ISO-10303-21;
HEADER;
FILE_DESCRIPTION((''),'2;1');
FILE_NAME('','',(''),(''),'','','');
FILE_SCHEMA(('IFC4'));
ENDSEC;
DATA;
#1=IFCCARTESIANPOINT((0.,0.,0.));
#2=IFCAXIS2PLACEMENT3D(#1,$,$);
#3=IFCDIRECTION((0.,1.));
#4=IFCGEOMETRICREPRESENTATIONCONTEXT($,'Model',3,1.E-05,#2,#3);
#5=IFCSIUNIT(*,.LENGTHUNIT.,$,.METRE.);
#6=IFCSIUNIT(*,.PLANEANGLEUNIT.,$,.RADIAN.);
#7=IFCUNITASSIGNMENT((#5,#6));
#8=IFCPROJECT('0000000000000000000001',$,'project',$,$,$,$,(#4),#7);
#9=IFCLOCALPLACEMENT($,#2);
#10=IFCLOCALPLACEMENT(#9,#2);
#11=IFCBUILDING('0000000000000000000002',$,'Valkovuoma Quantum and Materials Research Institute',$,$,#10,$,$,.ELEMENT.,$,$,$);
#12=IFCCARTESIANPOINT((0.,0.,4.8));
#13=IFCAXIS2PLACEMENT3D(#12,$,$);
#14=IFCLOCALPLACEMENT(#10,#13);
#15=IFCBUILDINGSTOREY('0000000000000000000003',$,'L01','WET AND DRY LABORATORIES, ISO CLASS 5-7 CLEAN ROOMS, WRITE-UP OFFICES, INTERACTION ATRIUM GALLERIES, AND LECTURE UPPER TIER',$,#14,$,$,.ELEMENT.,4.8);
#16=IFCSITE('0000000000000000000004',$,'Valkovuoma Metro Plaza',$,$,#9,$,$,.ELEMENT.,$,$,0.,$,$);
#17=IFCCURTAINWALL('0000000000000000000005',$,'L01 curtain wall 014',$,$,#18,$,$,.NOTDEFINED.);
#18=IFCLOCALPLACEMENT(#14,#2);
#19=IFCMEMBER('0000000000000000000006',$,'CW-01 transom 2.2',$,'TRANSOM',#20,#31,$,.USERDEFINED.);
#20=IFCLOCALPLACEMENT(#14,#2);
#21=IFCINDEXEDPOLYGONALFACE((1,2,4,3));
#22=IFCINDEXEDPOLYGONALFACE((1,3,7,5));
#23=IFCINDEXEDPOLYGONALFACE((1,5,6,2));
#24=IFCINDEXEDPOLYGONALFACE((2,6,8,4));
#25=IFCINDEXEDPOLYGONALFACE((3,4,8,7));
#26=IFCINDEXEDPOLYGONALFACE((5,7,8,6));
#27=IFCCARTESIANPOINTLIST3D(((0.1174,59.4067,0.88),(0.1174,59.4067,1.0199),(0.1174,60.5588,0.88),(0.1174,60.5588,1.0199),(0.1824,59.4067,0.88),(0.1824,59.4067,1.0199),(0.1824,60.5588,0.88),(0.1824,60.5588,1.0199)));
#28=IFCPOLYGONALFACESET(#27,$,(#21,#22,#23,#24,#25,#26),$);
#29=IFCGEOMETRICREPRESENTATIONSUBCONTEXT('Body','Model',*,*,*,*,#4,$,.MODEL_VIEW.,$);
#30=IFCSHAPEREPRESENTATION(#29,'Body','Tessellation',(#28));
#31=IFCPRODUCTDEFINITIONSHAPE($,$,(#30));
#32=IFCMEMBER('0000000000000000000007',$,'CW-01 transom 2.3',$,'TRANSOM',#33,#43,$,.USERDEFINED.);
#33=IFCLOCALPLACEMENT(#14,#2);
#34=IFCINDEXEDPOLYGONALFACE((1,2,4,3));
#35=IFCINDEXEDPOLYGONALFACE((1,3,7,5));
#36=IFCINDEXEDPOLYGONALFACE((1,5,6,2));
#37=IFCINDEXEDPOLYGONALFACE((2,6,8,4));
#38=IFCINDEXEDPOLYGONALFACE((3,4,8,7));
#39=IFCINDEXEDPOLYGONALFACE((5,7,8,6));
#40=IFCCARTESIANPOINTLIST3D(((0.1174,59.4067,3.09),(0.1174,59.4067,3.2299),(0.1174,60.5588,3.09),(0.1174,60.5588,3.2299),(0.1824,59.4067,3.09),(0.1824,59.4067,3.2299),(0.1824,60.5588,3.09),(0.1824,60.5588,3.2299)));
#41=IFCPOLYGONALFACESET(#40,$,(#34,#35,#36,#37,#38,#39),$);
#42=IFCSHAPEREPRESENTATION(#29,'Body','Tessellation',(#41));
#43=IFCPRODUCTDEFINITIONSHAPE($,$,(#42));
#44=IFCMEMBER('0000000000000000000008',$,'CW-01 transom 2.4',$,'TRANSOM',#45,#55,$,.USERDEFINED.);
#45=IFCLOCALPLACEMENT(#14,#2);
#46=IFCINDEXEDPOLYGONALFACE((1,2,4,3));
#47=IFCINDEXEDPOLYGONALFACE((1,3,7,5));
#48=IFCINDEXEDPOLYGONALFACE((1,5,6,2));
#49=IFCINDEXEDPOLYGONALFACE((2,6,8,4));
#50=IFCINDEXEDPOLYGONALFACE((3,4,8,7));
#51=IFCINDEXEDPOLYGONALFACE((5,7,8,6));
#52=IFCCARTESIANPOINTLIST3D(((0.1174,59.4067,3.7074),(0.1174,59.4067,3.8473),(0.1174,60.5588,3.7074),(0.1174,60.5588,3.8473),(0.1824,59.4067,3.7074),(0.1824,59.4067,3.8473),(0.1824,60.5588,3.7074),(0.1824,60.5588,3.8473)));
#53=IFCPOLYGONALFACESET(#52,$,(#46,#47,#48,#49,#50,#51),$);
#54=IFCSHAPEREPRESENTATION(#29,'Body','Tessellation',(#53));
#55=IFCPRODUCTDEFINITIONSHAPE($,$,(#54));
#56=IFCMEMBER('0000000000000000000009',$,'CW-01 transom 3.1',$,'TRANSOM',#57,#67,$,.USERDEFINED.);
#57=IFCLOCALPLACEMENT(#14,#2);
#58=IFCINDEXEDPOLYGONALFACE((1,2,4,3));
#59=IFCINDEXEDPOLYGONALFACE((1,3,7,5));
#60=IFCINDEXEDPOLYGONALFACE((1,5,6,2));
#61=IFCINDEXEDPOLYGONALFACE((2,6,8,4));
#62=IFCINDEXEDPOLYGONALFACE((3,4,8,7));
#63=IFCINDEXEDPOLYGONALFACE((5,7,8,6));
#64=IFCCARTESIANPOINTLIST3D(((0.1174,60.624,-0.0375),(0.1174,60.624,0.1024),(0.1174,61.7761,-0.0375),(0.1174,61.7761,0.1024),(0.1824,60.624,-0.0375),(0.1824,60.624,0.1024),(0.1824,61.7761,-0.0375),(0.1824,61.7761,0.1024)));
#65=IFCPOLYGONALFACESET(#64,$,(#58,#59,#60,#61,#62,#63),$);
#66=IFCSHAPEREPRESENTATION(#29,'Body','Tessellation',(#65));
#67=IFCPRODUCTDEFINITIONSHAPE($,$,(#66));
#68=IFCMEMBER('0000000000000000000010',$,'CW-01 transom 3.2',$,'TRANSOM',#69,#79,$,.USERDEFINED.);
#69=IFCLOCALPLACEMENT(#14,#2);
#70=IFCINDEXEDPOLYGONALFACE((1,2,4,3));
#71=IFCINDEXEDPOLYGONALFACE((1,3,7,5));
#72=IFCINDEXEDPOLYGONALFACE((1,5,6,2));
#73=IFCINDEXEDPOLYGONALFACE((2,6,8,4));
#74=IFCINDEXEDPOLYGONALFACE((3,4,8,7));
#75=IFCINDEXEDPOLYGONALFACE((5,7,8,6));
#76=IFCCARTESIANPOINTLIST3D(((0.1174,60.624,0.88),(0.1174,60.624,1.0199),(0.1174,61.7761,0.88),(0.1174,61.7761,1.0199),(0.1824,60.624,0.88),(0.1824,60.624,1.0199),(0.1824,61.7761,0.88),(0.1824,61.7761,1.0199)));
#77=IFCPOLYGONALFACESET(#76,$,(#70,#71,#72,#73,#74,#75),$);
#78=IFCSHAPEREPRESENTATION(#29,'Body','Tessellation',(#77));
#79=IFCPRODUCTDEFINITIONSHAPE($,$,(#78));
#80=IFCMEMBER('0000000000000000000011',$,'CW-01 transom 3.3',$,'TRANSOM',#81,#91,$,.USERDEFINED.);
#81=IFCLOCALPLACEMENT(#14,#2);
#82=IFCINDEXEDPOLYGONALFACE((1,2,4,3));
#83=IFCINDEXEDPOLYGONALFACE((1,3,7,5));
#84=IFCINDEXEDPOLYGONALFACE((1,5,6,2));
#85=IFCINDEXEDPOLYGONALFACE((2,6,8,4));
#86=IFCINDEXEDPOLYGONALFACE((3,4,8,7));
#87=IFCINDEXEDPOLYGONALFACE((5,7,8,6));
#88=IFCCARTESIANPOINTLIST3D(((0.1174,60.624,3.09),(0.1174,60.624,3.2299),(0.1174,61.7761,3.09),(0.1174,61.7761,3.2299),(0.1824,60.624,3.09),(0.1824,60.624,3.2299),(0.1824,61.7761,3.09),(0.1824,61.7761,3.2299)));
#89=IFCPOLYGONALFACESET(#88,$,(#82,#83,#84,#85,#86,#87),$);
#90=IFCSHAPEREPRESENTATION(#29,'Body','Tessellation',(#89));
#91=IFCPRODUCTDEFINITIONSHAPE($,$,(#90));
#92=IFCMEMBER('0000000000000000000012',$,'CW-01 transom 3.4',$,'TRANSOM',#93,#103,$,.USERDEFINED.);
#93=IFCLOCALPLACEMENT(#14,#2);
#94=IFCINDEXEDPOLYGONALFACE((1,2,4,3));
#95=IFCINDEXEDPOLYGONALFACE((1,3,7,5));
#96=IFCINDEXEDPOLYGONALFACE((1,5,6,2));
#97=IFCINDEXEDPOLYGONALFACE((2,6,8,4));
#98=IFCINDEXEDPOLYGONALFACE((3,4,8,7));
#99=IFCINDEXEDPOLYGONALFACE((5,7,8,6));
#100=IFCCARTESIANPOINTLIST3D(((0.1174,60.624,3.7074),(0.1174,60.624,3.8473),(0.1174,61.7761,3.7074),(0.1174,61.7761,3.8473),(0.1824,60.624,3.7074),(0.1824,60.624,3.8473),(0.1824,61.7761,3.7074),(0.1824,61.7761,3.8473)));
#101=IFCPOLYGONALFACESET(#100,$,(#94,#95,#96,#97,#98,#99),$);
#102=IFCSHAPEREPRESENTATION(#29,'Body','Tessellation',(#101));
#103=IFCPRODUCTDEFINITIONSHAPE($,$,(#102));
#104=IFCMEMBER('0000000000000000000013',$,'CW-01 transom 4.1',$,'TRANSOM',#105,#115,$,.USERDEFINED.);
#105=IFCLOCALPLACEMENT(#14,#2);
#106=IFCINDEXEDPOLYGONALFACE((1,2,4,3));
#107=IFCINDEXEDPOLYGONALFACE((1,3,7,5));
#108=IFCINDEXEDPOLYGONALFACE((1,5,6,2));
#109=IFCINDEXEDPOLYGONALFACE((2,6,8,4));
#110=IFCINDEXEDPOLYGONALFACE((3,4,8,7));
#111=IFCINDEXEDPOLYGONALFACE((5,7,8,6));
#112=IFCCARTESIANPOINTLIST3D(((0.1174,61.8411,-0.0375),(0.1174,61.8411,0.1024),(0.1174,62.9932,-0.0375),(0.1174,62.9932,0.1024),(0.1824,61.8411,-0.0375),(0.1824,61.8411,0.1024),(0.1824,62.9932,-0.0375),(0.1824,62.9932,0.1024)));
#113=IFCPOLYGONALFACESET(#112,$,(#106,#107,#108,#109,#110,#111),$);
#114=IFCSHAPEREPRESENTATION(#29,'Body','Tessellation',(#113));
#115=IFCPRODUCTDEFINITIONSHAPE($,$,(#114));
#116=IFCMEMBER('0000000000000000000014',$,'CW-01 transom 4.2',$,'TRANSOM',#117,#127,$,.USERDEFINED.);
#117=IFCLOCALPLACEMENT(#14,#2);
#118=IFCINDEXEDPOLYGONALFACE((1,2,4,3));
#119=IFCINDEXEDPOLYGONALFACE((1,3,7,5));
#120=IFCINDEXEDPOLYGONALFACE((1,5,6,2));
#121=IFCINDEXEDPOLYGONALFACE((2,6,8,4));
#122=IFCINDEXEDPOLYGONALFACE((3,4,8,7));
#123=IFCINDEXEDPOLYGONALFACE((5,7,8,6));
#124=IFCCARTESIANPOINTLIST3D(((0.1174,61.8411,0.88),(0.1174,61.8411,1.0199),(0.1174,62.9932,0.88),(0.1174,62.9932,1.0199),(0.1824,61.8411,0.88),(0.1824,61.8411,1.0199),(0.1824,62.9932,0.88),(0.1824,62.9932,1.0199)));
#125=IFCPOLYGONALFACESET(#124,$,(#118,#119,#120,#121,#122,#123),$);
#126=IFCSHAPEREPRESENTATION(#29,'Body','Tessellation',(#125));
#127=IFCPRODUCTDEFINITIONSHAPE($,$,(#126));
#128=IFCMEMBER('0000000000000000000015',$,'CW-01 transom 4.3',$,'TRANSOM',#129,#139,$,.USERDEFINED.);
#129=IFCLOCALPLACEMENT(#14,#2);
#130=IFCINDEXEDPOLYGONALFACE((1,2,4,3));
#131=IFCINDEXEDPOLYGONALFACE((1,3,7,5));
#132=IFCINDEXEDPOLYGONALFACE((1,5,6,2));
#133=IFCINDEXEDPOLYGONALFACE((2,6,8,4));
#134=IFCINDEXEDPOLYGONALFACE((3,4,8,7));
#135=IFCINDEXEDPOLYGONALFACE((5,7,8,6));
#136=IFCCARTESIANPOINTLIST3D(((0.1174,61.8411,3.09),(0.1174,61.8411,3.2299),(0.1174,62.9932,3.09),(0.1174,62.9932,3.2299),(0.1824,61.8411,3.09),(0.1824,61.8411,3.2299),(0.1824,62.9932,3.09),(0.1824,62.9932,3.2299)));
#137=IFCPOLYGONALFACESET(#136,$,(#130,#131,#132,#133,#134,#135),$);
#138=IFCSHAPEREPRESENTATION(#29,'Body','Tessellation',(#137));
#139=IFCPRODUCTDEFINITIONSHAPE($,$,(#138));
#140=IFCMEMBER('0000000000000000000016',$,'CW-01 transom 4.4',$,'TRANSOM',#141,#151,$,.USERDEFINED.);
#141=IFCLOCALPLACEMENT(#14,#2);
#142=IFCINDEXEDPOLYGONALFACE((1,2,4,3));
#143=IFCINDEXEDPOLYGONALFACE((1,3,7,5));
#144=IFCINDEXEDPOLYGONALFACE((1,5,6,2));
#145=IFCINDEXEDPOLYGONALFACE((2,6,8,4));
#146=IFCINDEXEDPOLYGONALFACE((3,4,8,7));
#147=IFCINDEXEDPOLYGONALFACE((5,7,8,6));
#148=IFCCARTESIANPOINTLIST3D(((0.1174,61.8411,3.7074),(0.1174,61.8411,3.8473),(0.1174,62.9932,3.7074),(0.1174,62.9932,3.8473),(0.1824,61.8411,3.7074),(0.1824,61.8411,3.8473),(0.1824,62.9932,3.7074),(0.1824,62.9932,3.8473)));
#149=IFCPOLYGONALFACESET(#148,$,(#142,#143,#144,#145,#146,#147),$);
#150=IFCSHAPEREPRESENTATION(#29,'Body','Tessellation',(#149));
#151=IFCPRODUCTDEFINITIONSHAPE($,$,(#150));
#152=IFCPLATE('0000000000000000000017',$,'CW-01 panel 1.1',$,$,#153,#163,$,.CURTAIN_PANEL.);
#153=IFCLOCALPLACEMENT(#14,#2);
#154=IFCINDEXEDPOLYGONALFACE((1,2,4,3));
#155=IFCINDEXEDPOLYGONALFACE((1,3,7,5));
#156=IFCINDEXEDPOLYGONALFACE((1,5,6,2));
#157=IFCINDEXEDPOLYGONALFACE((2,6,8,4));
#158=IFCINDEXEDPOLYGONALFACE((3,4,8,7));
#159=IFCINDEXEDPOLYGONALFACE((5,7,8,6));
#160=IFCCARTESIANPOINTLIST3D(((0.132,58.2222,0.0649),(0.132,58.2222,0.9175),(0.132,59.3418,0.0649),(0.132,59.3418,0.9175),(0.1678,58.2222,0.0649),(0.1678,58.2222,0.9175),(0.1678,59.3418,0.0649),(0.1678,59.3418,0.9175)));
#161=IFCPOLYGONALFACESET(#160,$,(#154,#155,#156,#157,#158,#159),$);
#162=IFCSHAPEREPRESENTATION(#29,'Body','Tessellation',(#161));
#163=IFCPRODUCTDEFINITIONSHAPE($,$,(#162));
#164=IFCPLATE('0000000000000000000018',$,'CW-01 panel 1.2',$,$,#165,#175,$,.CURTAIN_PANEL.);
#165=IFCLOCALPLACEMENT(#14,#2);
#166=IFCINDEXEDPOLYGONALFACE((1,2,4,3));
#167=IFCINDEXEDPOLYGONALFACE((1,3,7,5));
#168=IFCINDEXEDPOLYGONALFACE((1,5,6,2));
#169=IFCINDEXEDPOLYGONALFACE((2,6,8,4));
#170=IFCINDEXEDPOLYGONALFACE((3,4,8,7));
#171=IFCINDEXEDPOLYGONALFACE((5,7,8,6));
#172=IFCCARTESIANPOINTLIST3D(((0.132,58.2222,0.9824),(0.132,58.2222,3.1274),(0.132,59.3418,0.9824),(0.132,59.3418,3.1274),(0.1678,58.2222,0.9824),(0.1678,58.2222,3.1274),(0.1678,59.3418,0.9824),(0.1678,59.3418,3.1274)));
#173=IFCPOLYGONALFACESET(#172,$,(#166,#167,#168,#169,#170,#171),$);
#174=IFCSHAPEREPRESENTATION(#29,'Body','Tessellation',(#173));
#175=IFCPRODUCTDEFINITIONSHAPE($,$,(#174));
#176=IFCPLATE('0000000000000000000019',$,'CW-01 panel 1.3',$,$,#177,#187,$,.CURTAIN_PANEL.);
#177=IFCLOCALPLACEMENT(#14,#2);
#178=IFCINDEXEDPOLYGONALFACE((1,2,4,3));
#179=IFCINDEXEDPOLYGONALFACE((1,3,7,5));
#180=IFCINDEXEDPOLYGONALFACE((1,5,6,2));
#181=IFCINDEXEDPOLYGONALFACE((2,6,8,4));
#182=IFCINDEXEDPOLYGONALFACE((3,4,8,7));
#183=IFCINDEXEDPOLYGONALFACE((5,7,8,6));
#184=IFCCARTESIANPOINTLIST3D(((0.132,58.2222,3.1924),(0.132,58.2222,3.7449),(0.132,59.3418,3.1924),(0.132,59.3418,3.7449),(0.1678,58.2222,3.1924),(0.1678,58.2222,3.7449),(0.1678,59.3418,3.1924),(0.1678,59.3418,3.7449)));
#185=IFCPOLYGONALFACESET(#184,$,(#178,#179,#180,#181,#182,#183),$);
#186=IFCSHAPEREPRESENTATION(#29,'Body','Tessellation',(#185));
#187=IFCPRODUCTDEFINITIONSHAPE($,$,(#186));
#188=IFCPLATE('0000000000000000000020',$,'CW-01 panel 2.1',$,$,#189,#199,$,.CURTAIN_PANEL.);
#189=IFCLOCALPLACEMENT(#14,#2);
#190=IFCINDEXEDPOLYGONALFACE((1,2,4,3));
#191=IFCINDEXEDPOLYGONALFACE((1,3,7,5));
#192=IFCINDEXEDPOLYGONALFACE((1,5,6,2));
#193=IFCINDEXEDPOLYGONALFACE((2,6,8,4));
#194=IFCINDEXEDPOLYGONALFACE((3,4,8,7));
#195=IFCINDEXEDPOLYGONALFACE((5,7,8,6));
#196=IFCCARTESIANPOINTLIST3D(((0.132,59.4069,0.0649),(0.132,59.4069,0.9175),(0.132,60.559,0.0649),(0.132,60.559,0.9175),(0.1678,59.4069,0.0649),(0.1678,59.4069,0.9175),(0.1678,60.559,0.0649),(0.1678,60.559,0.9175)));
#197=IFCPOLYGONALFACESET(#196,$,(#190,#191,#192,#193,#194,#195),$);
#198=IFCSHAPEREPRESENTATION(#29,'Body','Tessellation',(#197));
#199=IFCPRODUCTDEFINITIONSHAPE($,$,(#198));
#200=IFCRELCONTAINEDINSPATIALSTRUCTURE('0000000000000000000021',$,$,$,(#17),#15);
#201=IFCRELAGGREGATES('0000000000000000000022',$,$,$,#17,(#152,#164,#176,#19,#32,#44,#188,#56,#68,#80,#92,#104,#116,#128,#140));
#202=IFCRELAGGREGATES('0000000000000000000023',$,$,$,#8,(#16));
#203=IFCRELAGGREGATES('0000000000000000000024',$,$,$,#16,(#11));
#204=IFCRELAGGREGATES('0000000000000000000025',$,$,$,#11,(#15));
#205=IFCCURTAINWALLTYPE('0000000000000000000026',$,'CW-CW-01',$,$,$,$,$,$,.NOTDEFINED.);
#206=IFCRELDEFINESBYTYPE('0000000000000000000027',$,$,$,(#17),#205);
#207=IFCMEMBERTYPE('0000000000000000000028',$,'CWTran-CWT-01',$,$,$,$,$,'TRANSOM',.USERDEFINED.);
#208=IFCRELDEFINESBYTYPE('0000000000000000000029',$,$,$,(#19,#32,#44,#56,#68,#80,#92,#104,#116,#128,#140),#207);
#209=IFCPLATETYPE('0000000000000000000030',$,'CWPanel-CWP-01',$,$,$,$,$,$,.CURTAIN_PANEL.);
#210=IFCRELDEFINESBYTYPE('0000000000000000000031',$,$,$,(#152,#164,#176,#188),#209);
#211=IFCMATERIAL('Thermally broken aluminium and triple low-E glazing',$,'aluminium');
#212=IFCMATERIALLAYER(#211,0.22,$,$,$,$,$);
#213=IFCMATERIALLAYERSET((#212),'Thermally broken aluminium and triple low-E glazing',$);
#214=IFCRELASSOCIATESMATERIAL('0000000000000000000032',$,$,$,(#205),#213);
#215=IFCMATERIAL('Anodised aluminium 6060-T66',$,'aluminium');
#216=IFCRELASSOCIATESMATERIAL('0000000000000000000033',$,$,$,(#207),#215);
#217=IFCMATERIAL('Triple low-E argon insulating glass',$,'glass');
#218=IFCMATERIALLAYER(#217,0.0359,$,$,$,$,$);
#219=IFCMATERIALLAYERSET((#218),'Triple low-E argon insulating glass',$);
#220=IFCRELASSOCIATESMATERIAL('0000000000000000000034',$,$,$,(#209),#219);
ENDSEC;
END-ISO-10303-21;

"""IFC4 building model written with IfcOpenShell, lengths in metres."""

from ifc_helpers import new_model, si_unit, direction, frame, origin, origin_2d, place, context, subcontext, project, spatial, rectangle, extrude, material, layer, layer_set, material_profile, profile_set, type_object, element, aggregate, save


model = new_model("IFC4")

# Units and contexts
model_context = context("Model", 3, precision=1e-05, world=origin(), true_north=direction((0.0, 1.0)))
body_context = subcontext(model_context, "Body", "Model", "MODEL_VIEW")
ifc_project = project(units=[si_unit("LENGTHUNIT", "METRE"), si_unit("PLANEANGLEUNIT", "RADIAN")], contexts=[model_context])

# Site, building, storey
site_placement = place(None, origin())
site = spatial("IfcSite", under=ifc_project, at=site_placement, Name="Valkovuoma Metro Plaza", CompositionType="ELEMENT", RefElevation=0.0)
building_placement = place(site_placement, origin())
building = spatial("IfcBuilding", under=site, at=building_placement, Name="Valkovuoma Quantum and Materials Research Institute", CompositionType="ELEMENT")
storey_placement = place(building_placement, frame((0.0, 0.0, 4.8)))
storey = spatial("IfcBuildingStorey", under=building, at=storey_placement, Name="L01", Description="WET AND DRY LABORATORIES, ISO CLASS 5-7 CLEAN ROOMS, WRITE-UP OFFICES, INTERACTION ATRIUM GALLERIES, AND LECTURE UPPER TIER", CompositionType="ELEMENT", Elevation=4.8)

# Curtain wall, members, plates
ifc_material_1 = material(Name="Thermally broken aluminium and triple low-E glazing", Category="aluminium")
ifc_layer_1 = layer(ifc_material_1, 0.22)
ifc_layer_set_1 = layer_set([ifc_layer_1], Name="Thermally broken aluminium and triple low-E glazing")
curtain_wall_type = type_object("IfcCurtainWallType", Name="CW-CW-01", PredefinedType="NOTDEFINED", material=ifc_layer_set_1)
curtain_wall_placement = place(storey_placement, origin())
curtain_wall = element("IfcCurtainWall", 1, at=curtain_wall_placement, inside=storey, type_object=curtain_wall_type, Name="L01 curtain wall 014", PredefinedType="NOTDEFINED")
ifc_material_2 = material(Name="Anodised aluminium 6060-T66", Category="aluminium")
ifc_material_profile_1 = material_profile(ifc_material_2, rectangle(XDim=0.0649, YDim=0.1399, at=origin_2d()), Name="Anodised aluminium 6060-T66")
ifc_profile_set_1 = profile_set([ifc_material_profile_1], Name="Anodised aluminium 6060-T66")
member_type_1 = type_object("IfcMemberType", Name="CWTran-CWT-01", ElementType="TRANSOM", PredefinedType="USERDEFINED", material=ifc_profile_set_1)
member_1_placement = place(storey_placement, frame((0.1499, 59.4067, 0.95), z_axis=(0.0, 1.0, 0.0), x_axis=(-1.0, 0.0, 0.0)))
member_1 = element("IfcMember", 2, at=member_1_placement, type_object=member_type_1, Name="CW-01 transom 2.2", ObjectType="TRANSOM", PredefinedType="USERDEFINED", context=body_context, shape_type="SweptSolid", body=[
    extrude(rectangle(XDim=0.0649, YDim=0.1399, at=origin_2d()), origin(), (0.0, 0.0, 1.0), 1.1521),
])
member_2_placement = place(storey_placement, frame((0.1499, 59.4067, 3.1599), z_axis=(0.0, 1.0, 0.0), x_axis=(-1.0, 0.0, 0.0)))
member_2 = element("IfcMember", 3, at=member_2_placement, type_object=member_type_1, Name="CW-01 transom 2.3", ObjectType="TRANSOM", PredefinedType="USERDEFINED", context=body_context, shape_type="SweptSolid", body=[
    extrude(rectangle(XDim=0.0649, YDim=0.1399, at=origin_2d()), origin(), (0.0, 0.0, 1.0), 1.1521),
])
member_3_placement = place(storey_placement, frame((0.1499, 59.4067, 3.7773), z_axis=(0.0, 1.0, 0.0), x_axis=(-1.0, 0.0, 0.0)))
member_3 = element("IfcMember", 4, at=member_3_placement, type_object=member_type_1, Name="CW-01 transom 2.4", ObjectType="TRANSOM", PredefinedType="USERDEFINED", context=body_context, shape_type="SweptSolid", body=[
    extrude(rectangle(XDim=0.0649, YDim=0.1399, at=origin_2d()), origin(), (0.0, 0.0, 1.0), 1.1521),
])
member_4_placement = place(storey_placement, frame((0.1499, 60.624, 0.0325), z_axis=(0.0, 1.0, 0.0), x_axis=(-1.0, 0.0, 0.0)))
member_4 = element("IfcMember", 5, at=member_4_placement, type_object=member_type_1, Name="CW-01 transom 3.1", ObjectType="TRANSOM", PredefinedType="USERDEFINED", context=body_context, shape_type="SweptSolid", body=[
    extrude(rectangle(XDim=0.0649, YDim=0.1399, at=origin_2d()), origin(), (0.0, 0.0, 1.0), 1.1521),
])
member_5_placement = place(storey_placement, frame((0.1499, 60.624, 0.95), z_axis=(0.0, 1.0, 0.0), x_axis=(-1.0, 0.0, 0.0)))
member_5 = element("IfcMember", 6, at=member_5_placement, type_object=member_type_1, Name="CW-01 transom 3.2", ObjectType="TRANSOM", PredefinedType="USERDEFINED", context=body_context, shape_type="SweptSolid", body=[
    extrude(rectangle(XDim=0.0649, YDim=0.1399, at=origin_2d()), origin(), (0.0, 0.0, 1.0), 1.1521),
])
member_6_placement = place(storey_placement, frame((0.1499, 60.624, 3.1599), z_axis=(0.0, 1.0, 0.0), x_axis=(-1.0, 0.0, 0.0)))
member_6 = element("IfcMember", 7, at=member_6_placement, type_object=member_type_1, Name="CW-01 transom 3.3", ObjectType="TRANSOM", PredefinedType="USERDEFINED", context=body_context, shape_type="SweptSolid", body=[
    extrude(rectangle(XDim=0.0649, YDim=0.1399, at=origin_2d()), origin(), (0.0, 0.0, 1.0), 1.1521),
])
member_7_placement = place(storey_placement, frame((0.1499, 60.624, 3.7773), z_axis=(0.0, 1.0, 0.0), x_axis=(-1.0, 0.0, 0.0)))
member_7 = element("IfcMember", 8, at=member_7_placement, type_object=member_type_1, Name="CW-01 transom 3.4", ObjectType="TRANSOM", PredefinedType="USERDEFINED", context=body_context, shape_type="SweptSolid", body=[
    extrude(rectangle(XDim=0.0649, YDim=0.1399, at=origin_2d()), origin(), (0.0, 0.0, 1.0), 1.1521),
])
member_8_placement = place(storey_placement, frame((0.1499, 61.8411, 0.0325), z_axis=(0.0, 1.0, 0.0), x_axis=(-1.0, 0.0, 0.0)))
member_8 = element("IfcMember", 9, at=member_8_placement, type_object=member_type_1, Name="CW-01 transom 4.1", ObjectType="TRANSOM", PredefinedType="USERDEFINED", context=body_context, shape_type="SweptSolid", body=[
    extrude(rectangle(XDim=0.0649, YDim=0.1399, at=origin_2d()), origin(), (0.0, 0.0, 1.0), 1.1521),
])
member_9_placement = place(storey_placement, frame((0.1499, 61.8411, 0.95), z_axis=(0.0, 1.0, 0.0), x_axis=(-1.0, 0.0, 0.0)))
member_9 = element("IfcMember", 10, at=member_9_placement, type_object=member_type_1, Name="CW-01 transom 4.2", ObjectType="TRANSOM", PredefinedType="USERDEFINED", context=body_context, shape_type="SweptSolid", body=[
    extrude(rectangle(XDim=0.0649, YDim=0.1399, at=origin_2d()), origin(), (0.0, 0.0, 1.0), 1.1521),
])
member_10_placement = place(storey_placement, frame((0.1499, 61.8411, 3.1599), z_axis=(0.0, 1.0, 0.0), x_axis=(-1.0, 0.0, 0.0)))
member_10 = element("IfcMember", 11, at=member_10_placement, type_object=member_type_1, Name="CW-01 transom 4.3", ObjectType="TRANSOM", PredefinedType="USERDEFINED", context=body_context, shape_type="SweptSolid", body=[
    extrude(rectangle(XDim=0.0649, YDim=0.1399, at=origin_2d()), origin(), (0.0, 0.0, 1.0), 1.1521),
])
member_11_placement = place(storey_placement, frame((0.1499, 61.8411, 3.7773), z_axis=(0.0, 1.0, 0.0), x_axis=(-1.0, 0.0, 0.0)))
member_11 = element("IfcMember", 12, at=member_11_placement, type_object=member_type_1, Name="CW-01 transom 4.4", ObjectType="TRANSOM", PredefinedType="USERDEFINED", context=body_context, shape_type="SweptSolid", body=[
    extrude(rectangle(XDim=0.0649, YDim=0.1399, at=origin_2d()), origin(), (0.0, 0.0, 1.0), 1.1521),
])
ifc_material_3 = material(Name="Triple low-E argon insulating glass", Category="glass")
ifc_layer_2 = layer(ifc_material_3, 0.0359)
ifc_layer_set_2 = layer_set([ifc_layer_2], Name="Triple low-E argon insulating glass")
plate_type = type_object("IfcPlateType", Name="CWPanel-CWP-01", PredefinedType="CURTAIN_PANEL", material=ifc_layer_set_2)
plate_1_placement = place(storey_placement, frame((0.1499, 58.782, 0.0649), z_axis=(0.0, 0.0, 1.0), x_axis=(0.0, 1.0, 0.0)))
plate_1 = element("IfcPlate", 13, at=plate_1_placement, type_object=plate_type, Name="CW-01 panel 1.1", PredefinedType="CURTAIN_PANEL", context=body_context, shape_type="SweptSolid", body=[
    extrude(rectangle(XDim=1.1196, YDim=0.0359, at=origin_2d()), origin(), (0.0, 0.0, 1.0), 0.8525),
])
plate_2_placement = place(storey_placement, frame((0.1499, 58.782, 0.9824), z_axis=(0.0, 0.0, 1.0), x_axis=(0.0, 1.0, 0.0)))
plate_2 = element("IfcPlate", 14, at=plate_2_placement, type_object=plate_type, Name="CW-01 panel 1.2", PredefinedType="CURTAIN_PANEL", context=body_context, shape_type="SweptSolid", body=[
    extrude(rectangle(XDim=1.1196, YDim=0.0359, at=origin_2d()), origin(), (0.0, 0.0, 1.0), 2.145),
])
plate_3_placement = place(storey_placement, frame((0.1499, 58.782, 3.1924), z_axis=(0.0, 0.0, 1.0), x_axis=(0.0, 1.0, 0.0)))
plate_3 = element("IfcPlate", 15, at=plate_3_placement, type_object=plate_type, Name="CW-01 panel 1.3", PredefinedType="CURTAIN_PANEL", context=body_context, shape_type="SweptSolid", body=[
    extrude(rectangle(XDim=1.1196, YDim=0.0359, at=origin_2d()), origin(), (0.0, 0.0, 1.0), 0.5525),
])
plate_4_placement = place(storey_placement, frame((0.1499, 59.9829, 0.0649), z_axis=(0.0, 0.0, 1.0), x_axis=(0.0, 1.0, 0.0)))
plate_4 = element("IfcPlate", 16, at=plate_4_placement, type_object=plate_type, Name="CW-01 panel 2.1", PredefinedType="CURTAIN_PANEL", context=body_context, shape_type="SweptSolid", body=[
    extrude(rectangle(XDim=1.1521, YDim=0.0359, at=origin_2d()), origin(), (0.0, 0.0, 1.0), 0.8525),
])
aggregate(curtain_wall, [plate_1, plate_2, plate_3, member_1, member_2, member_3, plate_4, member_4, member_5, member_6, member_7, member_8, member_9, member_10, member_11])

save(model, "model.ifc")
